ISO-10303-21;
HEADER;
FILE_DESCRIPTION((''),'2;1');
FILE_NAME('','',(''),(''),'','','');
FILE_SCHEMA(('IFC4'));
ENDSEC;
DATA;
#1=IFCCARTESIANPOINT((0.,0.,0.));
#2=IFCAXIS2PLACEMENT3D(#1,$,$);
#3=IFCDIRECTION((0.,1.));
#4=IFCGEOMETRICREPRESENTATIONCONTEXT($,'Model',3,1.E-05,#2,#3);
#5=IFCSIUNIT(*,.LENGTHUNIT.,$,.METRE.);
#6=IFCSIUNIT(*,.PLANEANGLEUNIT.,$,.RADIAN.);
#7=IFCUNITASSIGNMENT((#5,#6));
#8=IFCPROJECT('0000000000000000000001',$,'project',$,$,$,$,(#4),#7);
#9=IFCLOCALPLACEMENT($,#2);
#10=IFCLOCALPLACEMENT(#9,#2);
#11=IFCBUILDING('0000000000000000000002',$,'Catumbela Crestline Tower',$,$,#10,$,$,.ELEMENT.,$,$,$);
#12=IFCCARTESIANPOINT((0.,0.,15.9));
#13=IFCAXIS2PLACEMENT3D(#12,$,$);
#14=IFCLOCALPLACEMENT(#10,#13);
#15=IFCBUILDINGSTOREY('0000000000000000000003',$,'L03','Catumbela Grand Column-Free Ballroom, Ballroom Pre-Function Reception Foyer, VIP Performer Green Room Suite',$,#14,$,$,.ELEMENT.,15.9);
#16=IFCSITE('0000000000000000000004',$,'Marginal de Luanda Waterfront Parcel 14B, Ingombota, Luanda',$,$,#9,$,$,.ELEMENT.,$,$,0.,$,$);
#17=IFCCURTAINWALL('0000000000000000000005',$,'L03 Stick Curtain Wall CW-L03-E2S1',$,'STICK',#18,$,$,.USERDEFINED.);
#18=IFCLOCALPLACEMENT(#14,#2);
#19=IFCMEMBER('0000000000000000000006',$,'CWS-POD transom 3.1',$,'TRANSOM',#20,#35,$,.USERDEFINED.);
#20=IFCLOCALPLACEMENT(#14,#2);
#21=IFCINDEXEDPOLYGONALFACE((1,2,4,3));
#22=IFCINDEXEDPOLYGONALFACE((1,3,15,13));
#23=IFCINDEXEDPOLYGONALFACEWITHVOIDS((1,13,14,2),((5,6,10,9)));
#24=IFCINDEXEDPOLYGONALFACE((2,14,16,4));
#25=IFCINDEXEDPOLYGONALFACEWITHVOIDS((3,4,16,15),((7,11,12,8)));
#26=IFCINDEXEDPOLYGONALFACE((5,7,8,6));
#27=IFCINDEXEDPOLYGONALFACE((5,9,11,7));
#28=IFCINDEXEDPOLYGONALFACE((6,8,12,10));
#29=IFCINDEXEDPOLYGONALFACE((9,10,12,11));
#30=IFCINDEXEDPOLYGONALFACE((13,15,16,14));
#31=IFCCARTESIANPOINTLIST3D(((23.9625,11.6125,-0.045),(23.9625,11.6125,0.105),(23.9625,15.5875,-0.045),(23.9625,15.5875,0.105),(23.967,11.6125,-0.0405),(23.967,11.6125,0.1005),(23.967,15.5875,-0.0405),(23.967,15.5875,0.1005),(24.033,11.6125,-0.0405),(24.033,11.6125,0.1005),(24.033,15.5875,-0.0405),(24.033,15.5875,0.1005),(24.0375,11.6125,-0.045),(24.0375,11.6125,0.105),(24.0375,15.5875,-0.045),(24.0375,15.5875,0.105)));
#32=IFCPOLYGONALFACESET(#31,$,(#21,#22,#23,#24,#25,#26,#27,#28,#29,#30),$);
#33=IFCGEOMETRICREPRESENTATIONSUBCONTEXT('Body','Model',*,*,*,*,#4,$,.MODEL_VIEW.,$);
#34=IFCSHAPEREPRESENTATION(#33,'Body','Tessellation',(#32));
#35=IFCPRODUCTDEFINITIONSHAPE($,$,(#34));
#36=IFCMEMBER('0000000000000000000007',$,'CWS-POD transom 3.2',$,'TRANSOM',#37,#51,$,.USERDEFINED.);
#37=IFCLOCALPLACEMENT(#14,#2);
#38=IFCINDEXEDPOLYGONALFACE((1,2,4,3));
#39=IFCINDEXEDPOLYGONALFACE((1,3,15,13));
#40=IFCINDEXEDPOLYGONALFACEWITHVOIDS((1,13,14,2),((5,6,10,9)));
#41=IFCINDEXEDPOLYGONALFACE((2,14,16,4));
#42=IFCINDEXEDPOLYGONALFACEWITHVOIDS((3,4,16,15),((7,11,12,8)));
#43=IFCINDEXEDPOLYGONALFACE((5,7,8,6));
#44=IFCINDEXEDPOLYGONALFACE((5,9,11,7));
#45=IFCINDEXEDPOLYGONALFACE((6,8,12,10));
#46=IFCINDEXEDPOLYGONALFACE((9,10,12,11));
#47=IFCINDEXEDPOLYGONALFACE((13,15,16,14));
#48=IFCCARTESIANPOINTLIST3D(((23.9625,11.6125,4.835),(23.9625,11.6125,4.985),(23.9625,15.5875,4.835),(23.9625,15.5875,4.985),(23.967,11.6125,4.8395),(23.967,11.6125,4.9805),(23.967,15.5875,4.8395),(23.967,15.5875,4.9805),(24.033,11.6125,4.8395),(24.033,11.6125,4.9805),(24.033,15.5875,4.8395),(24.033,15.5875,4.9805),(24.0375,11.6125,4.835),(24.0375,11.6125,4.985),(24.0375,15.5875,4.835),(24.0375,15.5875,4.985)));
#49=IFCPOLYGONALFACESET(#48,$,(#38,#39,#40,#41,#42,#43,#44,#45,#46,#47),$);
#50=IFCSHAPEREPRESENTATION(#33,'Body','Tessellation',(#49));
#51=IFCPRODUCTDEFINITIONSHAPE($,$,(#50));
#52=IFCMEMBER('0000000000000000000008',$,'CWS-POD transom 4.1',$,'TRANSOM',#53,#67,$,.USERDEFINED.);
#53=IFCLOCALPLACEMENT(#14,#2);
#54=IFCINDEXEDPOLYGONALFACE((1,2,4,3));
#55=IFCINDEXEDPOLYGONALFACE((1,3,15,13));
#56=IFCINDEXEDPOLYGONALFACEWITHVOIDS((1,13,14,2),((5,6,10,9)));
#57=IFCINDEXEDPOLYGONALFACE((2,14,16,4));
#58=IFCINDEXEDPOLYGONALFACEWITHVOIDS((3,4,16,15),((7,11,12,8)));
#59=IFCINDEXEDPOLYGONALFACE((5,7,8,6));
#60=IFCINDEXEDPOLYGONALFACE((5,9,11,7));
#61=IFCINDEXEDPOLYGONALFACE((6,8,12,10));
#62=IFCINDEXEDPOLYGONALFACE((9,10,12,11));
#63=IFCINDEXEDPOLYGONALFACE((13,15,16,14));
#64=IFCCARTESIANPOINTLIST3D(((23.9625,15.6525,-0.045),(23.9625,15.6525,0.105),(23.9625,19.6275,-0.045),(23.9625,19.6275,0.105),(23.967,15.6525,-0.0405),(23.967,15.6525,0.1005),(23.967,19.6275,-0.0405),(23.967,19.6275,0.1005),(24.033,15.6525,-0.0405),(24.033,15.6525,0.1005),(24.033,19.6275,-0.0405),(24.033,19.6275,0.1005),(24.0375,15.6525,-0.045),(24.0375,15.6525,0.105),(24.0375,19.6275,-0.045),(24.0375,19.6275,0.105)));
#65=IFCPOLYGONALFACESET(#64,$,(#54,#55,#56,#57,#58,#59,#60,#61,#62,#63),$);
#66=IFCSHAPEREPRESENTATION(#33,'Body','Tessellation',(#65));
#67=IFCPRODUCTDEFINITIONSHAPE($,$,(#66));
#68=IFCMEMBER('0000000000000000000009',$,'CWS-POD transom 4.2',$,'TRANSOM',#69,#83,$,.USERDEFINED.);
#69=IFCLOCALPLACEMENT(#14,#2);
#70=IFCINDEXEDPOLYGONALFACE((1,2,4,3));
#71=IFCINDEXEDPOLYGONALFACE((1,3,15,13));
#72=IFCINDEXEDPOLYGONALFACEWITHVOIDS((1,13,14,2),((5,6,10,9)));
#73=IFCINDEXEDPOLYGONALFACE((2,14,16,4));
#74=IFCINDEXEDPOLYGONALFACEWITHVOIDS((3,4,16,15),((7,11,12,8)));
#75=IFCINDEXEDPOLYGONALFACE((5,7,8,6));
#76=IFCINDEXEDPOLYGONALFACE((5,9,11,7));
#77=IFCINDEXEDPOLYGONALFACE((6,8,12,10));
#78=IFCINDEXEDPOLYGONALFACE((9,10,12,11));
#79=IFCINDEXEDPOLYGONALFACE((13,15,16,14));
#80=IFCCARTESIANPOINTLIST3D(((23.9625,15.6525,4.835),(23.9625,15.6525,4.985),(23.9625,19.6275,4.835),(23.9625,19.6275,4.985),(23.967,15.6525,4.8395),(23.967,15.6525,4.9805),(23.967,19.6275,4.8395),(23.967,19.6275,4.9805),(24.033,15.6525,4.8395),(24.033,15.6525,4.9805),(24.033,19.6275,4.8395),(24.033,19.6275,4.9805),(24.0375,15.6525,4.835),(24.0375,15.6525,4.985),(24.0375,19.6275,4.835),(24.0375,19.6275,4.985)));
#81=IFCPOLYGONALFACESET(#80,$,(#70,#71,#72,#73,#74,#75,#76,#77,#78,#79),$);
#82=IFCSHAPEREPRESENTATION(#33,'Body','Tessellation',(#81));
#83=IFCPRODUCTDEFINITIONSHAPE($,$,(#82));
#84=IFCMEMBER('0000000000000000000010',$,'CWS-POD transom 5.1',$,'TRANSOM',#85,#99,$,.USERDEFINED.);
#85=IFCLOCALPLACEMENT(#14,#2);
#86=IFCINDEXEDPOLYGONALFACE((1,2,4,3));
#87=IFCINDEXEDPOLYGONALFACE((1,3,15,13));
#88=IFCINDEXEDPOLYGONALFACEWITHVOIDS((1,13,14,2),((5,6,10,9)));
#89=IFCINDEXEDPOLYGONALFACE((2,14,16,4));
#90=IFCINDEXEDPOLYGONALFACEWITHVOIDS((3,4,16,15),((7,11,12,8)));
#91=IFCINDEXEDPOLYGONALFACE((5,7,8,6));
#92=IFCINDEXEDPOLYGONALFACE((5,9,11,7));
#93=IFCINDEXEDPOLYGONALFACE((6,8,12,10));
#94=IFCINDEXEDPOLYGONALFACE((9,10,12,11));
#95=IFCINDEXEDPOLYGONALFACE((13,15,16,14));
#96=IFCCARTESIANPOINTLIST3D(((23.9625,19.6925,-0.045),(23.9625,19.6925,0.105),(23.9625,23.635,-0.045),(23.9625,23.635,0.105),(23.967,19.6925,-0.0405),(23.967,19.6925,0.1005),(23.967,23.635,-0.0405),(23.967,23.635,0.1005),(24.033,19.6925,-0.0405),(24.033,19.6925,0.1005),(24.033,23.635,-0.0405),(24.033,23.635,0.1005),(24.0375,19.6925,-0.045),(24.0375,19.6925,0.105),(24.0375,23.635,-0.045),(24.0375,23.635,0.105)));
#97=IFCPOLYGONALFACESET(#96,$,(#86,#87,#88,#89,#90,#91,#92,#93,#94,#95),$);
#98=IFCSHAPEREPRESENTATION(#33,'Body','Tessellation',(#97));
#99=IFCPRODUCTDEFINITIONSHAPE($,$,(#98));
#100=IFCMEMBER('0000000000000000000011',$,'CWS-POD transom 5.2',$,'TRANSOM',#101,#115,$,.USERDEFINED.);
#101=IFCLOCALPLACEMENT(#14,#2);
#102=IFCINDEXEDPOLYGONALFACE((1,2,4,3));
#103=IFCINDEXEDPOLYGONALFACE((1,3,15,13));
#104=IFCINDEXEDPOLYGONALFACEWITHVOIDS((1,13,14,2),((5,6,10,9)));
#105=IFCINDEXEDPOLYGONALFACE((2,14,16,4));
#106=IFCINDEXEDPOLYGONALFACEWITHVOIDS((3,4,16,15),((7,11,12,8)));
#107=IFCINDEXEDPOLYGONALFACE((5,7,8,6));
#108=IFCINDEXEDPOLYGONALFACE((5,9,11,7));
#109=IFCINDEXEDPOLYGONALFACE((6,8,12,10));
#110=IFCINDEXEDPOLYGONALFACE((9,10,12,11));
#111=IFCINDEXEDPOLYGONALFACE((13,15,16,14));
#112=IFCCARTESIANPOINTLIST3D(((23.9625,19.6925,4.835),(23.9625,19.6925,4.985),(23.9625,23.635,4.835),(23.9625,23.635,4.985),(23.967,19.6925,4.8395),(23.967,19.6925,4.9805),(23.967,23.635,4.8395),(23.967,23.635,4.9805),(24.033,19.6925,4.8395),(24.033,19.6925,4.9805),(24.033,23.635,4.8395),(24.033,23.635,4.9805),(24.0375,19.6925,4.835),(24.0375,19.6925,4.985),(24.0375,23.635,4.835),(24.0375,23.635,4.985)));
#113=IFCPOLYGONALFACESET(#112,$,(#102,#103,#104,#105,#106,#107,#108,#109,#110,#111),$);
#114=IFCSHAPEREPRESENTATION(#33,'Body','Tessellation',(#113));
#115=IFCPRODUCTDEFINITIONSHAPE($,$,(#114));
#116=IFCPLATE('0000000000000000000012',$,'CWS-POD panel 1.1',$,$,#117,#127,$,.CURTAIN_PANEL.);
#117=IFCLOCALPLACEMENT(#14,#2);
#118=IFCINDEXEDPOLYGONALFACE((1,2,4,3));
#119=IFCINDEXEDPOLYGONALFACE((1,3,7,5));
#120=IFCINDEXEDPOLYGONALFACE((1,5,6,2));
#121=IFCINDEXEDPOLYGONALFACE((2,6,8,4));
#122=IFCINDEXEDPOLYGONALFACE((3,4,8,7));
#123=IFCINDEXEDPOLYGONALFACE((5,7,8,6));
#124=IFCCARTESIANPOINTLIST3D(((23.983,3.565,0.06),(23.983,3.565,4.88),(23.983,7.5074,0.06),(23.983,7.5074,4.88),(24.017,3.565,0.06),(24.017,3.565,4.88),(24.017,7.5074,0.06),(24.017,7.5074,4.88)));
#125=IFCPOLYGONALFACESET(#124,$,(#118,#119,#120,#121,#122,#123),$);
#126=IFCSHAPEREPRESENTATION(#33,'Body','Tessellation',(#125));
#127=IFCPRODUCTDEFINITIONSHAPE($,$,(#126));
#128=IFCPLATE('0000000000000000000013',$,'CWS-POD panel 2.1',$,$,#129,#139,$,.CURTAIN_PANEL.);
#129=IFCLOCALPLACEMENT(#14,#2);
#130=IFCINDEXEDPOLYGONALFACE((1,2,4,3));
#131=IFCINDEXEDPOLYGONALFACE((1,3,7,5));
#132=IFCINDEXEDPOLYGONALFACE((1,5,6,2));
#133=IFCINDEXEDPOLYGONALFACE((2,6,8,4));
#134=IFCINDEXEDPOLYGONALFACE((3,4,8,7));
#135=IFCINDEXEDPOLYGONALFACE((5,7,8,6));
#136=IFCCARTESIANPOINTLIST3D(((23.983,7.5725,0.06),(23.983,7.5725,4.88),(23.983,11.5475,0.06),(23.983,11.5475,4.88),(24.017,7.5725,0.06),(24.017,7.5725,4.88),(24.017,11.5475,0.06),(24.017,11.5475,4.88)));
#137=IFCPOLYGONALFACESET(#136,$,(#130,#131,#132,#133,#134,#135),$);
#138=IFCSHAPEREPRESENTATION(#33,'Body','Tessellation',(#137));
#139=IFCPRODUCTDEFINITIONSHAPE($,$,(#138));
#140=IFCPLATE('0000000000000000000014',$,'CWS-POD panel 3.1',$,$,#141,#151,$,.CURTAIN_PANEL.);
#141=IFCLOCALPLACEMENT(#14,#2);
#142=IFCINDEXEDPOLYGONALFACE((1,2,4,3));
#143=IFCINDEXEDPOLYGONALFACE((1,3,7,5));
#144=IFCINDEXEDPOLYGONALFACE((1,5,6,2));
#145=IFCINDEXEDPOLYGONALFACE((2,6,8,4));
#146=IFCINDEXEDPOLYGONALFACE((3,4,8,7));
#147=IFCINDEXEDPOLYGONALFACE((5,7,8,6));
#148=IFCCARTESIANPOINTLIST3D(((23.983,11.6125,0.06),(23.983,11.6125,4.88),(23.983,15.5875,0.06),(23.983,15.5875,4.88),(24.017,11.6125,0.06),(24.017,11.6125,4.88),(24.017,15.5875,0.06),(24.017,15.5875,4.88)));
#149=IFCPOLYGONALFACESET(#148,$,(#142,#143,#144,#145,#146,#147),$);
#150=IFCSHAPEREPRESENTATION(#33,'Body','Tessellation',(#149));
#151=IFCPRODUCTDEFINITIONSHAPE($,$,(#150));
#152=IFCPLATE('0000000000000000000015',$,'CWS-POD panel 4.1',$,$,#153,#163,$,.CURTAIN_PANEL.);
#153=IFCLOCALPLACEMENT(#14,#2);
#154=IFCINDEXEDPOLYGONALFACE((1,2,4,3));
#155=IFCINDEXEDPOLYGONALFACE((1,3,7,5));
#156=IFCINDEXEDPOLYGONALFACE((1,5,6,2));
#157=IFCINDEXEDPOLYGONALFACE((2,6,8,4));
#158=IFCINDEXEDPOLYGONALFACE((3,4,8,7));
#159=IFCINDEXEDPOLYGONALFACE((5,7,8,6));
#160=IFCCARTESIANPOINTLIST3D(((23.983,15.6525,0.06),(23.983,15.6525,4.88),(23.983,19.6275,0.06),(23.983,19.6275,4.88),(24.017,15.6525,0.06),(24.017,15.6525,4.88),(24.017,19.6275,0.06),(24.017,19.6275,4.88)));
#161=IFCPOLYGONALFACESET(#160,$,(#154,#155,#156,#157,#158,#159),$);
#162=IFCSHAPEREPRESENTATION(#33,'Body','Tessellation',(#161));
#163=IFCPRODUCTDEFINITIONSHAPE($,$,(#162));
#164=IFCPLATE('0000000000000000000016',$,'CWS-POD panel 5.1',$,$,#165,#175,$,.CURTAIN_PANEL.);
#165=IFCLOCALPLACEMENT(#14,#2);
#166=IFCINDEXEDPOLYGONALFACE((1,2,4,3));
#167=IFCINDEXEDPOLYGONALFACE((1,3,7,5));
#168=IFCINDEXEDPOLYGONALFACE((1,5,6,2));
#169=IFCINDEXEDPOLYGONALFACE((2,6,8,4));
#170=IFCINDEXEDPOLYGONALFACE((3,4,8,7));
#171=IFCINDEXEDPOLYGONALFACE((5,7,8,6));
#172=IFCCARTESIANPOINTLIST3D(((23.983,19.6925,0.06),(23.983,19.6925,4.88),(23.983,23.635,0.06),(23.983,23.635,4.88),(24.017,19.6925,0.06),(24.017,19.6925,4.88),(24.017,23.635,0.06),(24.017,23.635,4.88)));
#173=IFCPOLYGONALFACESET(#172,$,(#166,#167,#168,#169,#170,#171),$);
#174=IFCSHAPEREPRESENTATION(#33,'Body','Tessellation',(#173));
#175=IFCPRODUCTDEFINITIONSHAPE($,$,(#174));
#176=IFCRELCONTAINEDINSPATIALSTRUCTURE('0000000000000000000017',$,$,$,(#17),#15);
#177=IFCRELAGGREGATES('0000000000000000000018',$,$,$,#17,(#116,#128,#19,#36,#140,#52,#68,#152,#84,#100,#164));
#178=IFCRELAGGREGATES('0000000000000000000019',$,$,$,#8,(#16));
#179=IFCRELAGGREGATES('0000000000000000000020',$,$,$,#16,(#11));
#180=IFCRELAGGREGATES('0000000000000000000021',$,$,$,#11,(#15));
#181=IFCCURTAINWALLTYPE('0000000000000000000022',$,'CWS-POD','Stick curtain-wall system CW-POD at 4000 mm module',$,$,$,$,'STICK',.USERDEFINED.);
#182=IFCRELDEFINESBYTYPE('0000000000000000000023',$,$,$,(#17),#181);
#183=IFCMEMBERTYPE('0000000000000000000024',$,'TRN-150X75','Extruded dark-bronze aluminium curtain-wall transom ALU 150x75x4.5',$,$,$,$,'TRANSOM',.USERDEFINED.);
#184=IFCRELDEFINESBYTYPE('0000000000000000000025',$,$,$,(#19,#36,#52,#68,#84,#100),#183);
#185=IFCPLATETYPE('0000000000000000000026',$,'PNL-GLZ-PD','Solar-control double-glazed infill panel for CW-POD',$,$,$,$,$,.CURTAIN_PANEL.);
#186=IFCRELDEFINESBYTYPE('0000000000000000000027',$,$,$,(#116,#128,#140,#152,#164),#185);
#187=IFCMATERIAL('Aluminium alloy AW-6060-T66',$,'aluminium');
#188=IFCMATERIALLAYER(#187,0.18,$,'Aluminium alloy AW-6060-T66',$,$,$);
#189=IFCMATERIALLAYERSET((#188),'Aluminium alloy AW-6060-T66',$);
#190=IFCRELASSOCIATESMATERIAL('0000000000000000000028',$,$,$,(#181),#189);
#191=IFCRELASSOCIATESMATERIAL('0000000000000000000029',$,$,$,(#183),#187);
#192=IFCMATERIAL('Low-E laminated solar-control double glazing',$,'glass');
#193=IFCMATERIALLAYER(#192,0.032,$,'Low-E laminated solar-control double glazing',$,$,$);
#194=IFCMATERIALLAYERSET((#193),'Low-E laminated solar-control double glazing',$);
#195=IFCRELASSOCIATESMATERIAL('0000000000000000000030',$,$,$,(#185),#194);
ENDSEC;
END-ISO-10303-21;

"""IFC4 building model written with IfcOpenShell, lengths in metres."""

from ifc_helpers import new_model, si_unit, direction, frame, origin, origin_2d, place, context, subcontext, project, spatial, rectangle, hollow_rectangle, extrude, material, layer, layer_set, material_profile, profile_set, type_object, element, aggregate, save


model = new_model("IFC4")

# Units and contexts
model_context = context("Model", 3, precision=1e-05, world=origin(), true_north=direction((0.0, 1.0)))
body_context = subcontext(model_context, "Body", "Model", "MODEL_VIEW")
ifc_project = project(units=[si_unit("LENGTHUNIT", "METRE"), si_unit("PLANEANGLEUNIT", "RADIAN")], contexts=[model_context])

# Site, building, storey
site_placement = place(None, origin())
site = spatial("IfcSite", under=ifc_project, at=site_placement, Name="Marginal de Luanda Waterfront Parcel 14B, Ingombota, Luanda", CompositionType="ELEMENT", RefElevation=0.0)
building_placement = place(site_placement, origin())
building = spatial("IfcBuilding", under=site, at=building_placement, Name="Catumbela Crestline Tower", CompositionType="ELEMENT")
storey_placement = place(building_placement, frame((0.0, 0.0, 15.9)))
storey = spatial("IfcBuildingStorey", under=building, at=storey_placement, Name="L03", Description="Catumbela Grand Column-Free Ballroom, Ballroom Pre-Function Reception Foyer, VIP Performer Green Room Suite", CompositionType="ELEMENT", Elevation=15.9)

# Curtain wall, members, plates
ifc_material_1 = material(Name="Aluminium alloy AW-6060-T66", Category="aluminium")
ifc_layer_1 = layer(ifc_material_1, 0.18, Name="Aluminium alloy AW-6060-T66")
ifc_layer_set_1 = layer_set([ifc_layer_1], Name="Aluminium alloy AW-6060-T66")
curtain_wall_type = type_object("IfcCurtainWallType", Name="CWS-POD", Description="Stick curtain-wall system CW-POD at 4000 mm module", ElementType="STICK", PredefinedType="USERDEFINED", material=ifc_layer_set_1)
curtain_wall_placement = place(storey_placement, origin())
curtain_wall = element("IfcCurtainWall", 1, at=curtain_wall_placement, inside=storey, type_object=curtain_wall_type, Name="L03 Stick Curtain Wall CW-L03-E2S1", ObjectType="STICK", PredefinedType="USERDEFINED")
ifc_material_profile_1 = material_profile(ifc_material_1, hollow_rectangle(XDim=0.075, YDim=0.15, WallThickness=0.0045, at=origin_2d()), Name="ALU 150x75x4.5")
ifc_profile_set_1 = profile_set([ifc_material_profile_1], Name="Aluminium alloy AW-6060-T66")
member_type_1 = type_object("IfcMemberType", Name="TRN-150X75", Description="Extruded dark-bronze aluminium curtain-wall transom ALU 150x75x4.5", ElementType="TRANSOM", PredefinedType="USERDEFINED", material=ifc_profile_set_1)
member_1_placement = place(storey_placement, frame((24.0, 11.6125, 0.03), z_axis=(0.0, 1.0, 0.0), x_axis=(-1.0, 0.0, 0.0)))
member_1 = element("IfcMember", 2, at=member_1_placement, type_object=member_type_1, Name="CWS-POD transom 3.1", ObjectType="TRANSOM", PredefinedType="USERDEFINED", context=body_context, shape_type="SweptSolid", body=[
    extrude(hollow_rectangle(XDim=0.075, YDim=0.15, WallThickness=0.0045, at=origin_2d()), origin(), (0.0, 0.0, 1.0), 3.975),
])
member_2_placement = place(storey_placement, frame((24.0, 11.6125, 4.91), z_axis=(0.0, 1.0, 0.0), x_axis=(-1.0, 0.0, 0.0)))
member_2 = element("IfcMember", 3, at=member_2_placement, type_object=member_type_1, Name="CWS-POD transom 3.2", ObjectType="TRANSOM", PredefinedType="USERDEFINED", context=body_context, shape_type="SweptSolid", body=[
    extrude(hollow_rectangle(XDim=0.075, YDim=0.15, WallThickness=0.0045, at=origin_2d()), origin(), (0.0, 0.0, 1.0), 3.975),
])
member_3_placement = place(storey_placement, frame((24.0, 15.6525, 0.03), z_axis=(0.0, 1.0, 0.0), x_axis=(-1.0, 0.0, 0.0)))
member_3 = element("IfcMember", 4, at=member_3_placement, type_object=member_type_1, Name="CWS-POD transom 4.1", ObjectType="TRANSOM", PredefinedType="USERDEFINED", context=body_context, shape_type="SweptSolid", body=[
    extrude(hollow_rectangle(XDim=0.075, YDim=0.15, WallThickness=0.0045, at=origin_2d()), origin(), (0.0, 0.0, 1.0), 3.975),
])
member_4_placement = place(storey_placement, frame((24.0, 15.6525, 4.91), z_axis=(0.0, 1.0, 0.0), x_axis=(-1.0, 0.0, 0.0)))
member_4 = element("IfcMember", 5, at=member_4_placement, type_object=member_type_1, Name="CWS-POD transom 4.2", ObjectType="TRANSOM", PredefinedType="USERDEFINED", context=body_context, shape_type="SweptSolid", body=[
    extrude(hollow_rectangle(XDim=0.075, YDim=0.15, WallThickness=0.0045, at=origin_2d()), origin(), (0.0, 0.0, 1.0), 3.975),
])
member_5_placement = place(storey_placement, frame((24.0, 19.6925, 0.03), z_axis=(0.0, 1.0, 0.0), x_axis=(-1.0, 0.0, 0.0)))
member_5 = element("IfcMember", 6, at=member_5_placement, type_object=member_type_1, Name="CWS-POD transom 5.1", ObjectType="TRANSOM", PredefinedType="USERDEFINED", context=body_context, shape_type="SweptSolid", body=[
    extrude(hollow_rectangle(XDim=0.075, YDim=0.15, WallThickness=0.0045, at=origin_2d()), origin(), (0.0, 0.0, 1.0), 3.9425),
])
member_6_placement = place(storey_placement, frame((24.0, 19.6925, 4.91), z_axis=(0.0, 1.0, 0.0), x_axis=(-1.0, 0.0, 0.0)))
member_6 = element("IfcMember", 7, at=member_6_placement, type_object=member_type_1, Name="CWS-POD transom 5.2", ObjectType="TRANSOM", PredefinedType="USERDEFINED", context=body_context, shape_type="SweptSolid", body=[
    extrude(hollow_rectangle(XDim=0.075, YDim=0.15, WallThickness=0.0045, at=origin_2d()), origin(), (0.0, 0.0, 1.0), 3.9425),
])
ifc_material_2 = material(Name="Low-E laminated solar-control double glazing", Category="glass")
ifc_layer_2 = layer(ifc_material_2, 0.032, Name="Low-E laminated solar-control double glazing")
ifc_layer_set_2 = layer_set([ifc_layer_2], Name="Low-E laminated solar-control double glazing")
plate_type = type_object("IfcPlateType", Name="PNL-GLZ-PD", Description="Solar-control double-glazed infill panel for CW-POD", PredefinedType="CURTAIN_PANEL", material=ifc_layer_set_2)
plate_1_placement = place(storey_placement, frame((24.0, 5.5362, 0.06), z_axis=(0.0, 0.0, 1.0), x_axis=(0.0, 1.0, 0.0)))
plate_1 = element("IfcPlate", 8, at=plate_1_placement, type_object=plate_type, Name="CWS-POD panel 1.1", PredefinedType="CURTAIN_PANEL", context=body_context, shape_type="SweptSolid", body=[
    extrude(rectangle(XDim=3.9425, YDim=0.034, at=origin_2d()), origin(), (0.0, 0.0, 1.0), 4.82),
])
plate_2_placement = place(storey_placement, frame((24.0, 9.56, 0.06), z_axis=(0.0, 0.0, 1.0), x_axis=(0.0, 1.0, 0.0)))
plate_2 = element("IfcPlate", 9, at=plate_2_placement, type_object=plate_type, Name="CWS-POD panel 2.1", PredefinedType="CURTAIN_PANEL", context=body_context, shape_type="SweptSolid", body=[
    extrude(rectangle(XDim=3.975, YDim=0.034, at=origin_2d()), origin(), (0.0, 0.0, 1.0), 4.82),
])
plate_3_placement = place(storey_placement, frame((24.0, 13.6, 0.06), z_axis=(0.0, 0.0, 1.0), x_axis=(0.0, 1.0, 0.0)))
plate_3 = element("IfcPlate", 10, at=plate_3_placement, type_object=plate_type, Name="CWS-POD panel 3.1", PredefinedType="CURTAIN_PANEL", context=body_context, shape_type="SweptSolid", body=[
    extrude(rectangle(XDim=3.975, YDim=0.034, at=origin_2d()), origin(), (0.0, 0.0, 1.0), 4.82),
])
plate_4_placement = place(storey_placement, frame((24.0, 17.64, 0.06), z_axis=(0.0, 0.0, 1.0), x_axis=(0.0, 1.0, 0.0)))
plate_4 = element("IfcPlate", 11, at=plate_4_placement, type_object=plate_type, Name="CWS-POD panel 4.1", PredefinedType="CURTAIN_PANEL", context=body_context, shape_type="SweptSolid", body=[
    extrude(rectangle(XDim=3.975, YDim=0.034, at=origin_2d()), origin(), (0.0, 0.0, 1.0), 4.82),
])
plate_5_placement = place(storey_placement, frame((24.0, 21.6638, 0.06), z_axis=(0.0, 0.0, 1.0), x_axis=(0.0, 1.0, 0.0)))
plate_5 = element("IfcPlate", 12, at=plate_5_placement, type_object=plate_type, Name="CWS-POD panel 5.1", PredefinedType="CURTAIN_PANEL", context=body_context, shape_type="SweptSolid", body=[
    extrude(rectangle(XDim=3.9425, YDim=0.034, at=origin_2d()), origin(), (0.0, 0.0, 1.0), 4.82),
])
aggregate(curtain_wall, [plate_1, plate_2, member_1, member_2, plate_3, member_3, member_4, plate_4, member_5, member_6, plate_5])

save(model, "model.ifc")
